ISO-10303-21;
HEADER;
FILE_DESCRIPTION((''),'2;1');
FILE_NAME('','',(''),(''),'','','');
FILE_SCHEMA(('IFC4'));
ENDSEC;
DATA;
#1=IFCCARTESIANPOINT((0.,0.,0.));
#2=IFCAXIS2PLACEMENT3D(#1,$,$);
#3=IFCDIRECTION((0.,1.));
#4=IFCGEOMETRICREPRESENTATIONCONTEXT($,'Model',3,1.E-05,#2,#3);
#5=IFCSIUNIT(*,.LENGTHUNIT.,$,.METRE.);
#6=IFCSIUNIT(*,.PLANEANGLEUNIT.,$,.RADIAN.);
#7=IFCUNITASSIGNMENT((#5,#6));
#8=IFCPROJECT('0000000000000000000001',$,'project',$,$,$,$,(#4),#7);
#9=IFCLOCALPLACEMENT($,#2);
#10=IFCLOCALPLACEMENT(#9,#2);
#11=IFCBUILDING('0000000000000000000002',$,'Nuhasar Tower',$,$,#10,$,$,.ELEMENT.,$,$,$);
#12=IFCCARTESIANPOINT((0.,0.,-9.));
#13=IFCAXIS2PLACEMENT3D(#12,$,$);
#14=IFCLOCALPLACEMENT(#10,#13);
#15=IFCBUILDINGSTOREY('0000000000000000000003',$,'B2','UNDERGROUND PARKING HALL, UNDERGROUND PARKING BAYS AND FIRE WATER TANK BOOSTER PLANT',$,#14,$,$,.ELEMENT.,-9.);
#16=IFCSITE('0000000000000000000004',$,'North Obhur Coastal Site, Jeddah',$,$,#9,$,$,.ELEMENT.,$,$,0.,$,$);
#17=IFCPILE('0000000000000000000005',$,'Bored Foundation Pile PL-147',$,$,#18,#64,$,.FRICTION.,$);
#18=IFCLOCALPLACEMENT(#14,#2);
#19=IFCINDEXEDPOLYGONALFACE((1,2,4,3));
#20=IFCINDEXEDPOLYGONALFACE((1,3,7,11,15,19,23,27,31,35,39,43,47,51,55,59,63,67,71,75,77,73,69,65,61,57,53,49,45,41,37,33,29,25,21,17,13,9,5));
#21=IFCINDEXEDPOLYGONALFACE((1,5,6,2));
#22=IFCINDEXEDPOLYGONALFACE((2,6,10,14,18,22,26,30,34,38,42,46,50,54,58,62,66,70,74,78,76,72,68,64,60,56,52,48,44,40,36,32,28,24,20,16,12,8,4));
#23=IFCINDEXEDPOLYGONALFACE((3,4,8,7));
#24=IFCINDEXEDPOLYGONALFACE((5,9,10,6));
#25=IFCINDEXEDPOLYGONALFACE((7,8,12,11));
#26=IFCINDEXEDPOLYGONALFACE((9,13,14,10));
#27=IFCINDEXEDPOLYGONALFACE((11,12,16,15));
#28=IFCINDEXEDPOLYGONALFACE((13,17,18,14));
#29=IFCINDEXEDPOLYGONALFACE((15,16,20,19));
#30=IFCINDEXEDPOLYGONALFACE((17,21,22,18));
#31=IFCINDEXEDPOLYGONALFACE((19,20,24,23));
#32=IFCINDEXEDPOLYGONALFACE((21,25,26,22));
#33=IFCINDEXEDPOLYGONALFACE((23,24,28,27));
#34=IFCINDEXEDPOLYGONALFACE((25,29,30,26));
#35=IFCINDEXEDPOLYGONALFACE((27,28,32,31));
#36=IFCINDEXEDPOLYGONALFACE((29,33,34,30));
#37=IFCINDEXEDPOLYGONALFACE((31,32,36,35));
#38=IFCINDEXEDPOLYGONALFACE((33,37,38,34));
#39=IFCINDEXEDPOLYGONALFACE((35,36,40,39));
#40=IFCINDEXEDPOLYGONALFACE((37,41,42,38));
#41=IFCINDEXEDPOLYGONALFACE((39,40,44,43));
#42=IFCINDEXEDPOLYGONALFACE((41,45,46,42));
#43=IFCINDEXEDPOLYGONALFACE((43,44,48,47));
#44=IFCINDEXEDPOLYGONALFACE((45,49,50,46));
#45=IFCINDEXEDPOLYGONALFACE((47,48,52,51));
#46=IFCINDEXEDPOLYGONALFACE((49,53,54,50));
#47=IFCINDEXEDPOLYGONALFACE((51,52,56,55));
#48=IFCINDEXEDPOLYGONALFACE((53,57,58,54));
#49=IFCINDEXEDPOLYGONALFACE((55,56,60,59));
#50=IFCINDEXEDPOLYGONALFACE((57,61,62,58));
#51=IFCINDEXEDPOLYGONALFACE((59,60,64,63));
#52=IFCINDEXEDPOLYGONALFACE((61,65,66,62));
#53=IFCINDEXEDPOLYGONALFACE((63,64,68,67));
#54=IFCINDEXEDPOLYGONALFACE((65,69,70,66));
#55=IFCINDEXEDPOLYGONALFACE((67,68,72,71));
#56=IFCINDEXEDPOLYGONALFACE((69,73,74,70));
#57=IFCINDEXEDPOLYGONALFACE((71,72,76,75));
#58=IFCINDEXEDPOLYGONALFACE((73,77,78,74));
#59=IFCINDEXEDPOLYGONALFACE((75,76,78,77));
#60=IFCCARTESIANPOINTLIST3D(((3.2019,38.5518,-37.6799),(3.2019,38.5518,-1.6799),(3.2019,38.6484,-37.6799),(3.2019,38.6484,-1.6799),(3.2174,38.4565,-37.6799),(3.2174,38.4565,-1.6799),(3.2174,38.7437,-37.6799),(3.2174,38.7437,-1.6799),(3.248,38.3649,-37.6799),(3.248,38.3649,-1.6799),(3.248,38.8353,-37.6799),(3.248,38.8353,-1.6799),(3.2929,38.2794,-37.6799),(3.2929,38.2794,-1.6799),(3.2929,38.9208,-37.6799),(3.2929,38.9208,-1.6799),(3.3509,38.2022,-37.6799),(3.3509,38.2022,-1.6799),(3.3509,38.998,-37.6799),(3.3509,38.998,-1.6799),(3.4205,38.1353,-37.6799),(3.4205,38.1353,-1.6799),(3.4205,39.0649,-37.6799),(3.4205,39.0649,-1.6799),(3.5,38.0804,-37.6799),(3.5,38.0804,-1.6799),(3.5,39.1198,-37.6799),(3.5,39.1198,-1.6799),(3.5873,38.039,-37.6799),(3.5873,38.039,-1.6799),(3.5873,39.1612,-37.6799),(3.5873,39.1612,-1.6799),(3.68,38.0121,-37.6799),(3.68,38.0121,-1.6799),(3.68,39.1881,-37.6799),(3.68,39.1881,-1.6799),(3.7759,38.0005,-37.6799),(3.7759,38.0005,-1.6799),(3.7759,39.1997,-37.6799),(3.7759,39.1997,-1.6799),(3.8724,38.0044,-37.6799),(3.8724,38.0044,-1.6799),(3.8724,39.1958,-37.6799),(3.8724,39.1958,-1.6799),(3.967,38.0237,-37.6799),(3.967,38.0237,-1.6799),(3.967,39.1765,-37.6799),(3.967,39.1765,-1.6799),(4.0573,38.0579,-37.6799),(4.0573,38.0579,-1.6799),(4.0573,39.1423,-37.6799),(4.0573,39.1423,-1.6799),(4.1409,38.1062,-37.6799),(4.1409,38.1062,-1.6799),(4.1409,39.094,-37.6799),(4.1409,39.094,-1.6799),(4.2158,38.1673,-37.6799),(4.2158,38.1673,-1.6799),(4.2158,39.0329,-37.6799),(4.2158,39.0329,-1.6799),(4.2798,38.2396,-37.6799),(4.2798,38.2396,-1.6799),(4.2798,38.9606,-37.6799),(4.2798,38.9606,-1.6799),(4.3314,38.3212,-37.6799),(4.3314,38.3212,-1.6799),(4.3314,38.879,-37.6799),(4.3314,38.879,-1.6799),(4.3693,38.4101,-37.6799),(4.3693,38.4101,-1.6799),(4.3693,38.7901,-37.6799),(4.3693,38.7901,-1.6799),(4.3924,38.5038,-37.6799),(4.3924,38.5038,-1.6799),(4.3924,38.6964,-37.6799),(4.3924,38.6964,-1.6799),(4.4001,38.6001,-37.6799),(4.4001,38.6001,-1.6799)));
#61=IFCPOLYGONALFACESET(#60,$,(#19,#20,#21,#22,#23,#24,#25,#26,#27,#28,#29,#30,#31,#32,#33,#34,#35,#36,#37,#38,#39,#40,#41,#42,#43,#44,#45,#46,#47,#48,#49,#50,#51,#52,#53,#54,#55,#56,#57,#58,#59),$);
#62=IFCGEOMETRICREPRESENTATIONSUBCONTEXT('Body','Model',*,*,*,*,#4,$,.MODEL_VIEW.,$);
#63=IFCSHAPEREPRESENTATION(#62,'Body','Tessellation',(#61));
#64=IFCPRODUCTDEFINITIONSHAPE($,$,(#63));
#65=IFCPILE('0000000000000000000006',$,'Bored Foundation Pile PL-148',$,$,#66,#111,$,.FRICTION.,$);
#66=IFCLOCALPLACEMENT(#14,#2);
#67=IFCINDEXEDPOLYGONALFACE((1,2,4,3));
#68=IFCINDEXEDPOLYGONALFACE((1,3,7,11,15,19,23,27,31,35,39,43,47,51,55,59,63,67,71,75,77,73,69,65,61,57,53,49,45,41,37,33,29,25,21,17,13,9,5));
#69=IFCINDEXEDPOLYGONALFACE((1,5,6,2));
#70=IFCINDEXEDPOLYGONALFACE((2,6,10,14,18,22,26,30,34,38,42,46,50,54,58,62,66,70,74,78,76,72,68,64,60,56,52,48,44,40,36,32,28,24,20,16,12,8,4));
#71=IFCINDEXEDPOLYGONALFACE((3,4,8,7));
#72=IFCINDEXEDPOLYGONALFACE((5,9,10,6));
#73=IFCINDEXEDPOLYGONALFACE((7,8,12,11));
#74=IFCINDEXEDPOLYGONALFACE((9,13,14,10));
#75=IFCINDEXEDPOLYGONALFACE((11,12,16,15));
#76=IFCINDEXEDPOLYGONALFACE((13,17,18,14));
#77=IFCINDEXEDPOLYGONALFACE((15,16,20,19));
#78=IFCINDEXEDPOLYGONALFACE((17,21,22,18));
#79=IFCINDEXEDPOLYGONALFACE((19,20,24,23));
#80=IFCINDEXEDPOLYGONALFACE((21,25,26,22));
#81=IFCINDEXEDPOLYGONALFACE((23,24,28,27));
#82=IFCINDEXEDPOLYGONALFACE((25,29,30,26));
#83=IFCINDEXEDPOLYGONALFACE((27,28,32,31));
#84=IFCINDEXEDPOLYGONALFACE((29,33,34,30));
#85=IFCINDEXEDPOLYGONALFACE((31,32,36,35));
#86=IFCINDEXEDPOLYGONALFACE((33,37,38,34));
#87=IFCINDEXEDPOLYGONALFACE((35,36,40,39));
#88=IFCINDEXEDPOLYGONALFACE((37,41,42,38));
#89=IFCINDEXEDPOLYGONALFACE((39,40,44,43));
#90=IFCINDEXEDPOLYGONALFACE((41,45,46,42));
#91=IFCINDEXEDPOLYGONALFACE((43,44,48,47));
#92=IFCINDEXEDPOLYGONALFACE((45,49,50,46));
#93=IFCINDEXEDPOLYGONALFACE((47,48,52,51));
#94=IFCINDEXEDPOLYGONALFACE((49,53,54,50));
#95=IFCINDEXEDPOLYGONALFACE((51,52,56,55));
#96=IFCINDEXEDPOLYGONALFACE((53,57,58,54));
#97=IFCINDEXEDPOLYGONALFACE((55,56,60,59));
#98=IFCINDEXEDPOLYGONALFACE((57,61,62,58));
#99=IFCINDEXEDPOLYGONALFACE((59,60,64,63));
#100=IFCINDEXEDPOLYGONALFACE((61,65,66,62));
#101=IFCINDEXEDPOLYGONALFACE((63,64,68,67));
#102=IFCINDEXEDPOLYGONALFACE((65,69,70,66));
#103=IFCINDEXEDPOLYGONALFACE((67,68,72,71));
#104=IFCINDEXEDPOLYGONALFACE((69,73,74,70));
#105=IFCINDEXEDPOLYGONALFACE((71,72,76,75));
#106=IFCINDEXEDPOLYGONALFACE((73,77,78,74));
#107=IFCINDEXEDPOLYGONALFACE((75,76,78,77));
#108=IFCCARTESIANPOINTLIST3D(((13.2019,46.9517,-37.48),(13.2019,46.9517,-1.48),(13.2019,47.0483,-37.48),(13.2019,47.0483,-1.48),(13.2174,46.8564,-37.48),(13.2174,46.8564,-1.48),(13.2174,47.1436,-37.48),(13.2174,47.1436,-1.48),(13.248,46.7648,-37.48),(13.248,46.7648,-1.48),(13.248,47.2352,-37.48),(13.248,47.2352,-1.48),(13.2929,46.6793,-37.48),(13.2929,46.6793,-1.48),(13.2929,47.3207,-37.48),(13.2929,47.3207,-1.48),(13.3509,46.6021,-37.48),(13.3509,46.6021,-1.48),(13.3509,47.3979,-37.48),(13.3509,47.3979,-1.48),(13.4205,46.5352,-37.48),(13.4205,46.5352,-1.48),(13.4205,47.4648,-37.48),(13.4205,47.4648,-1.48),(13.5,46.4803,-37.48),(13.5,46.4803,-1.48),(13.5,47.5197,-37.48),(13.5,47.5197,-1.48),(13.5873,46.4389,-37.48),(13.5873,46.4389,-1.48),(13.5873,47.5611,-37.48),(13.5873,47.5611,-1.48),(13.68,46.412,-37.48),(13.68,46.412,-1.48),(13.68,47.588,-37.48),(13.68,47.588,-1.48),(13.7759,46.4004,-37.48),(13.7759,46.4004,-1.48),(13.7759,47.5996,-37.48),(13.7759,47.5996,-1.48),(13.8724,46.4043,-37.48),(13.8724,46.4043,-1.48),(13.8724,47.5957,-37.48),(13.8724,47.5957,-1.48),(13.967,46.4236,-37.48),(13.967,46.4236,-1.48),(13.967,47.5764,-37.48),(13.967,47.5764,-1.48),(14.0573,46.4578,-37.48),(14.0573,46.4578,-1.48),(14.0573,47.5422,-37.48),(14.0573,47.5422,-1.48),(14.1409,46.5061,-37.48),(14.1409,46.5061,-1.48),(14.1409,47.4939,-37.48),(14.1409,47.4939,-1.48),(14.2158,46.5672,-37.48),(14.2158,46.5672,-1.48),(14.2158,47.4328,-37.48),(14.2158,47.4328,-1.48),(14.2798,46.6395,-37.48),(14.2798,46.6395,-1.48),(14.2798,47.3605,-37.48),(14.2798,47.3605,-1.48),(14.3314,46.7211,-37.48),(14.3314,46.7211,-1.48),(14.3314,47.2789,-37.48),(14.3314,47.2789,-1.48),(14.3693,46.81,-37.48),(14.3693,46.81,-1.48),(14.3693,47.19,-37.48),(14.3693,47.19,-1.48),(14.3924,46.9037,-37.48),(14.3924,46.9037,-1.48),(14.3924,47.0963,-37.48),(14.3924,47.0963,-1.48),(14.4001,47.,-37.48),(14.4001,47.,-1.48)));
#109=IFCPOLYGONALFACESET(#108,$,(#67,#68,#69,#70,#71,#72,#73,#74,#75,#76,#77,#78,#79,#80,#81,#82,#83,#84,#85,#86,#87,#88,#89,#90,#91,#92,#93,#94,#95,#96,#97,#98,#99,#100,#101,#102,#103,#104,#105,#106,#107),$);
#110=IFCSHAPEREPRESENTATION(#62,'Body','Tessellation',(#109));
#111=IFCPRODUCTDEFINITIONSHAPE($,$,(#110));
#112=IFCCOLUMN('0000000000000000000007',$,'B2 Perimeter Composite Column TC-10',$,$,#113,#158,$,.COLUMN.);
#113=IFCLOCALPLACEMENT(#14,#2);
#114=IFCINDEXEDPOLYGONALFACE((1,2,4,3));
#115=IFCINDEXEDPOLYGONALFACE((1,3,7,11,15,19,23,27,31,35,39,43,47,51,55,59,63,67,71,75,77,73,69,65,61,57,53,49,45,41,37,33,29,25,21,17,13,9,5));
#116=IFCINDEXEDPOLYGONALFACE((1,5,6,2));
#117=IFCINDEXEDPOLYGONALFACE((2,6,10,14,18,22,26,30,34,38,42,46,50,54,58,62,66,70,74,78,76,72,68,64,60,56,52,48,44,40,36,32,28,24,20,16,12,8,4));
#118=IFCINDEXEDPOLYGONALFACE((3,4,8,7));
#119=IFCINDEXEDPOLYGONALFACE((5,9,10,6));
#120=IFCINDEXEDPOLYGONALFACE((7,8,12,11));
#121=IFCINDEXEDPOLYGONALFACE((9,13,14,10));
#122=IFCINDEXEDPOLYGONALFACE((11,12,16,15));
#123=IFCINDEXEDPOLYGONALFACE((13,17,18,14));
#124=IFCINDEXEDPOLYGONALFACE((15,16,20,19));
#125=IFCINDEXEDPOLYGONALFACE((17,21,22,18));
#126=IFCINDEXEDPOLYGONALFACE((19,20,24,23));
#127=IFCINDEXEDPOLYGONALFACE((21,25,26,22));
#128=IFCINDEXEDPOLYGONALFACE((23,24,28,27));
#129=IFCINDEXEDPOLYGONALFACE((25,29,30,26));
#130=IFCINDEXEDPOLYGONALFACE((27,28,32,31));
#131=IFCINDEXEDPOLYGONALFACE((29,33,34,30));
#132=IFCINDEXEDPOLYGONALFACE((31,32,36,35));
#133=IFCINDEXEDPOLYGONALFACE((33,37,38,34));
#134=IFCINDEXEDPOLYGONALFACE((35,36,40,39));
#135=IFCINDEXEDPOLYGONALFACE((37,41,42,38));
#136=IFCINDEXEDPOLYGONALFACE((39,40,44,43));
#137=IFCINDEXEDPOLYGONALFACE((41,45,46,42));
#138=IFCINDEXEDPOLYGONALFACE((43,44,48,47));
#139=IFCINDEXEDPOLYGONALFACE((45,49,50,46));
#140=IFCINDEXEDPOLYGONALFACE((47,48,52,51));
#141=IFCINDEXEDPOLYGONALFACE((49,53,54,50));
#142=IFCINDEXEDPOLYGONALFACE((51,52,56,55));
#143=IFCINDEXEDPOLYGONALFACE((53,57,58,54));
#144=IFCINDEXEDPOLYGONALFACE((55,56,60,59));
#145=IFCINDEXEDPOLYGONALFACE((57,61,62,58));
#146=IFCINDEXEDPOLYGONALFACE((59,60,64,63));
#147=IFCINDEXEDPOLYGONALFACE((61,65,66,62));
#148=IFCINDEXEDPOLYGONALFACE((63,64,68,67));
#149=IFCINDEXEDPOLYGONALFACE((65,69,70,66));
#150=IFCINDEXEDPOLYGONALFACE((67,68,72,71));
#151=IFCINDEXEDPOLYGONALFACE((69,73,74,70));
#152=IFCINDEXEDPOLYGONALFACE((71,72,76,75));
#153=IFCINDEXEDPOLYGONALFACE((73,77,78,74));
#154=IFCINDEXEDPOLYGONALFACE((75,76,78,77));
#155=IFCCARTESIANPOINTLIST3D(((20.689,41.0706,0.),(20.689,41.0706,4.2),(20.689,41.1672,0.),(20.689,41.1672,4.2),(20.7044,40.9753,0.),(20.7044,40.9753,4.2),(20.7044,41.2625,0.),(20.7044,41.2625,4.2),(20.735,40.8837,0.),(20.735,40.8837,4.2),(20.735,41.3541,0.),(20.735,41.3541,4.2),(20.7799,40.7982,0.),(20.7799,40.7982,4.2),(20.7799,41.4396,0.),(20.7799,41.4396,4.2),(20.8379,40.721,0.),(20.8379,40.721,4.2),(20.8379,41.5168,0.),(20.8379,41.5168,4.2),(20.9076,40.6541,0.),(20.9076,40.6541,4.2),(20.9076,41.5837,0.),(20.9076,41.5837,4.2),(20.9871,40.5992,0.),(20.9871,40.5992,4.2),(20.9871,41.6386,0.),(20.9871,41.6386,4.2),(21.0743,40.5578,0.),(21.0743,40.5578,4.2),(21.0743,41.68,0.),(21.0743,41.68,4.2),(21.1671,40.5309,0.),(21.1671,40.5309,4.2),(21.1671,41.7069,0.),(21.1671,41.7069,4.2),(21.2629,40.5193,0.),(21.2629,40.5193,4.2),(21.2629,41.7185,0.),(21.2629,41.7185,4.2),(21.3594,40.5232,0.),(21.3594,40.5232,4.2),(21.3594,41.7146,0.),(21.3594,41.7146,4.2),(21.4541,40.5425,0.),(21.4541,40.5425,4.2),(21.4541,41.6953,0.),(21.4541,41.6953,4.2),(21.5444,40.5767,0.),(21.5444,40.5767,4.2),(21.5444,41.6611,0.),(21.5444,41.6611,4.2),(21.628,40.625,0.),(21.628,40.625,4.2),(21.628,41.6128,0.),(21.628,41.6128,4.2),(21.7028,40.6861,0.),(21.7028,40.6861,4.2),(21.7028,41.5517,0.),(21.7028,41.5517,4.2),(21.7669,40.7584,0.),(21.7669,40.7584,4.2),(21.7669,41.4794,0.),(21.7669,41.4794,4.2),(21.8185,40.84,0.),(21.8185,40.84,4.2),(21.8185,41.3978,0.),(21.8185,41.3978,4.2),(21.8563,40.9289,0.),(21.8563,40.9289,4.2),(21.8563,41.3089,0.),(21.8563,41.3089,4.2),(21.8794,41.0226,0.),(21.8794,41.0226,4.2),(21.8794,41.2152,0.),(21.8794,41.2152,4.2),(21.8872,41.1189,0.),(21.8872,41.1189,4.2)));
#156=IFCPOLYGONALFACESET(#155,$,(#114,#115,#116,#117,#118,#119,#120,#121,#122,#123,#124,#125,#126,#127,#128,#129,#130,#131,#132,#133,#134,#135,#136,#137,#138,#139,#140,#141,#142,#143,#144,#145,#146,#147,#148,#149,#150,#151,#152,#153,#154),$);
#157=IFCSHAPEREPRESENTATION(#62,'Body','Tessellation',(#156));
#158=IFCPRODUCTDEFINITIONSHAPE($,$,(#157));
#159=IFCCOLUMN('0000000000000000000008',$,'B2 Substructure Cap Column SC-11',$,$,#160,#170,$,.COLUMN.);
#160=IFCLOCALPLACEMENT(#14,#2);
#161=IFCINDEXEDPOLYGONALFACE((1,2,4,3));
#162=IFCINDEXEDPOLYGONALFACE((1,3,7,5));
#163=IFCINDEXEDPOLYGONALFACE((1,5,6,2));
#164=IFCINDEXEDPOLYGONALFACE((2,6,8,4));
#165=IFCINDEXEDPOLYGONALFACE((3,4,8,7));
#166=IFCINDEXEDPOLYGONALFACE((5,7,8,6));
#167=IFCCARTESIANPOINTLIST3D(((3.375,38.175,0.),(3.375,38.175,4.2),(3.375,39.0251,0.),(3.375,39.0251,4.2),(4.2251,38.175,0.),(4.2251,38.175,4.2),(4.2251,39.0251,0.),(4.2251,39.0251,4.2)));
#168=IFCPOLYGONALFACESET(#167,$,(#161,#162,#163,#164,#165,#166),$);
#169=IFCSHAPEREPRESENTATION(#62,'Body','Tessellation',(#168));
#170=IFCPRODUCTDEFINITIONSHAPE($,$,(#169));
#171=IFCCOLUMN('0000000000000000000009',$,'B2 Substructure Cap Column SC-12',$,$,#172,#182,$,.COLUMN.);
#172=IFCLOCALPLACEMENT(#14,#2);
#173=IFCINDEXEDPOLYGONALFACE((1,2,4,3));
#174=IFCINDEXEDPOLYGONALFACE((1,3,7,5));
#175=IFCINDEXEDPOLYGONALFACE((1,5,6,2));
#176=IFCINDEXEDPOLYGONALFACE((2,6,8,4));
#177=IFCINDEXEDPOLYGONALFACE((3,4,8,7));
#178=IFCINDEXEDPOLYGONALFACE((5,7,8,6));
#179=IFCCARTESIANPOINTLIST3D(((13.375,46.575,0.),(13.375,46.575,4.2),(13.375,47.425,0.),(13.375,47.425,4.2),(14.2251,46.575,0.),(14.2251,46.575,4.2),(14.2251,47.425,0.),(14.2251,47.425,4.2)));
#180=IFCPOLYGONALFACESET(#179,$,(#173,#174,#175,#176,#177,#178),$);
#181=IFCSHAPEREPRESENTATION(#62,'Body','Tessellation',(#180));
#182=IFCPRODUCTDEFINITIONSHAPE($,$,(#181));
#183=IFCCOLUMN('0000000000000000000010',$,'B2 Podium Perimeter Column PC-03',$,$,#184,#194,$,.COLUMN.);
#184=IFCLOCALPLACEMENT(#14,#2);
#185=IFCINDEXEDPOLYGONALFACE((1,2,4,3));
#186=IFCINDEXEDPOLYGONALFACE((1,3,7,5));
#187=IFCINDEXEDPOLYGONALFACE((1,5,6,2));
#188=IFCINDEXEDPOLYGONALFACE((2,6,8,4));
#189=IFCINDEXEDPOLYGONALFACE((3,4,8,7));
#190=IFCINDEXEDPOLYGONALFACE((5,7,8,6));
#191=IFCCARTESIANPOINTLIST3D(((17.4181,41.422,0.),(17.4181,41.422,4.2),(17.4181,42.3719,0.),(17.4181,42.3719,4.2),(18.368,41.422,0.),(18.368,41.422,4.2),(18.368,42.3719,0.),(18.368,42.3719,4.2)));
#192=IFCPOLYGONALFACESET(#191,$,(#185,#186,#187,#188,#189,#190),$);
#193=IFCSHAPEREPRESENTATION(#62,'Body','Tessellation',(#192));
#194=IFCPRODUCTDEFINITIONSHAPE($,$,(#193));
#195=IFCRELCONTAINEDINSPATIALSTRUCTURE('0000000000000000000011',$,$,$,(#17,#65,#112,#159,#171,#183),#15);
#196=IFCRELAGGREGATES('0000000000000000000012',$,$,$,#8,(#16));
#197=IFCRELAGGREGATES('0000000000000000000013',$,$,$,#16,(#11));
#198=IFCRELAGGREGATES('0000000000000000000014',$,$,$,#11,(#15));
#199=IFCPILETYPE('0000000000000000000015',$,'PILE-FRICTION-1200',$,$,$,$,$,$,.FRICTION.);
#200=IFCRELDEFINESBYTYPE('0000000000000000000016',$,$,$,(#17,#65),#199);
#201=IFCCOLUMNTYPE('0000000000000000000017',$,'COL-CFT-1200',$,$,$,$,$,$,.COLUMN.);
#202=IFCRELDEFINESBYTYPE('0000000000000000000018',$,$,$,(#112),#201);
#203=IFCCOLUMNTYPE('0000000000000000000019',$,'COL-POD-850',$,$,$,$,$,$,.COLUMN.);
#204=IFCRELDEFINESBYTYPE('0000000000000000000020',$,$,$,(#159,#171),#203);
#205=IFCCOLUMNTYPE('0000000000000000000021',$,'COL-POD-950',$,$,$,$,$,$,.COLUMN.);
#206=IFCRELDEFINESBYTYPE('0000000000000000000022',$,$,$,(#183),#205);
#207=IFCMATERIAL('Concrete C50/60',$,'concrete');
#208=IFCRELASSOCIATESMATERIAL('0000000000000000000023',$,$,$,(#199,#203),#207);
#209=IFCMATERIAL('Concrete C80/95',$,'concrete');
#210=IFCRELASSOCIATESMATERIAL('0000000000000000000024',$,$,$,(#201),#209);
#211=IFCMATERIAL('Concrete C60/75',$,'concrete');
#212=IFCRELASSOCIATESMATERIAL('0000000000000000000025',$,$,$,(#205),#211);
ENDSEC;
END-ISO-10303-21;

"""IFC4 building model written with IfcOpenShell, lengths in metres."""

from ifc_helpers import new_model, si_unit, direction, frame, origin, origin_2d, place, context, subcontext, project, spatial, rectangle, circle, extrude, material, material_profile, profile_set, type_object, element, save


model = new_model("IFC4")

# Units and contexts
model_context = context("Model", 3, precision=1e-05, world=origin(), true_north=direction((0.0, 1.0)))
body_context = subcontext(model_context, "Body", "Model", "MODEL_VIEW")
ifc_project = project(units=[si_unit("LENGTHUNIT", "METRE"), si_unit("PLANEANGLEUNIT", "RADIAN")], contexts=[model_context])

# Site, building, storey
site_placement = place(None, origin())
site = spatial("IfcSite", under=ifc_project, at=site_placement, Name="North Obhur Coastal Site, Jeddah", CompositionType="ELEMENT", RefElevation=0.0)
building_placement = place(site_placement, origin())
building = spatial("IfcBuilding", under=site, at=building_placement, Name="Nuhasar Tower", CompositionType="ELEMENT")
storey_placement = place(building_placement, frame((0.0, 0.0, -9.0)))
storey = spatial("IfcBuildingStorey", under=building, at=storey_placement, Name="B2", Description="UNDERGROUND PARKING HALL, UNDERGROUND PARKING BAYS AND FIRE WATER TANK BOOSTER PLANT", CompositionType="ELEMENT", Elevation=-9.0)

# Shared definitions
ifc_material_1 = material(Name="Concrete C50/60", Category="concrete")

# Piles
ifc_material_profile_1 = material_profile(ifc_material_1, circle(Radius=0.6001, at=origin_2d()), Name="PILE1200")
ifc_profile_set_1 = profile_set([ifc_material_profile_1], Name="Concrete C50/60")
pile_type_1 = type_object("IfcPileType", Name="PILE-FRICTION-1200", PredefinedType="FRICTION", material=ifc_profile_set_1)
for number, where, z_axis, x_axis, name in (
    (1, (3.8, 38.6001, -1.6799), (0.0, 0.0, -1.0), (1.0, 0.0, 0.0), "Bored Foundation Pile PL-147"),
    (2, (13.8, 47.0, -1.48), (0.0, 0.0, -1.0), (1.0, 0.0, 0.0), "Bored Foundation Pile PL-148"),
):
    element("IfcPile", number, at=place(storey_placement, frame(where, z_axis=z_axis, x_axis=x_axis)), inside=storey, type_object=pile_type_1, Name=name, PredefinedType="FRICTION", context=body_context, shape_type="SweptSolid", body=[
        extrude(circle(Radius=0.6001, at=origin_2d()), origin(), (0.0, 0.0, 1.0), 36.0),
    ])

# Columns
ifc_material_2 = material(Name="Concrete C80/95", Category="concrete")
ifc_material_profile_2 = material_profile(ifc_material_2, circle(Radius=0.6001, at=origin_2d()), Name="CFT1200")
ifc_profile_set_2 = profile_set([ifc_material_profile_2], Name="Concrete C80/95")
column_type_1 = type_object("IfcColumnType", Name="COL-CFT-1200", PredefinedType="COLUMN", material=ifc_profile_set_2)
column_1_placement = place(storey_placement, frame((21.2871, 41.1189, 0.0), z_axis=(0.0, 0.0, 1.0), x_axis=(1.0, 0.0, 0.0)))
element("IfcColumn", 3, at=column_1_placement, inside=storey, type_object=column_type_1, Name="B2 Perimeter Composite Column TC-10", PredefinedType="COLUMN", context=body_context, shape_type="SweptSolid", body=[
    extrude(circle(Radius=0.6001, at=origin_2d()), origin(), (0.0, 0.0, 1.0), 4.2),
])
ifc_material_profile_3 = material_profile(ifc_material_1, rectangle(XDim=0.8501, YDim=0.8501, at=origin_2d()), Name="RC850X850")
ifc_profile_set_3 = profile_set([ifc_material_profile_3], Name="Concrete C50/60")
column_type_2 = type_object("IfcColumnType", Name="COL-POD-850", PredefinedType="COLUMN", material=ifc_profile_set_3)
for number, where, z_axis, x_axis, name in (
    (4, (3.8, 38.6001, 0.0), (0.0, 0.0, 1.0), (1.0, 0.0, 0.0), "B2 Substructure Cap Column SC-11"),
    (5, (13.8, 47.0, 0.0), (0.0, 0.0, 1.0), (1.0, 0.0, 0.0), "B2 Substructure Cap Column SC-12"),
):
    element("IfcColumn", number, at=place(storey_placement, frame(where, z_axis=z_axis, x_axis=x_axis)), inside=storey, type_object=column_type_2, Name=name, PredefinedType="COLUMN", context=body_context, shape_type="SweptSolid", body=[
        extrude(rectangle(XDim=0.8501, YDim=0.8501, at=origin_2d()), origin(), (0.0, 0.0, 1.0), 4.2),
    ])
ifc_material_3 = material(Name="Concrete C60/75", Category="concrete")
ifc_material_profile_4 = material_profile(ifc_material_3, rectangle(XDim=0.95, YDim=0.95, at=origin_2d()), Name="RC950X950")
ifc_profile_set_4 = profile_set([ifc_material_profile_4], Name="Concrete C60/75")
column_type_3 = type_object("IfcColumnType", Name="COL-POD-950", PredefinedType="COLUMN", material=ifc_profile_set_4)
column_2_placement = place(storey_placement, frame((17.8931, 41.897, 0.0), z_axis=(0.0, 0.0, 1.0), x_axis=(1.0, 0.0, 0.0)))
element("IfcColumn", 6, at=column_2_placement, inside=storey, type_object=column_type_3, Name="B2 Podium Perimeter Column PC-03", PredefinedType="COLUMN", context=body_context, shape_type="SweptSolid", body=[
    extrude(rectangle(XDim=0.95, YDim=0.95, at=origin_2d()), origin(), (0.0, 0.0, 1.0), 4.2),
])

save(model, "model.ifc")
